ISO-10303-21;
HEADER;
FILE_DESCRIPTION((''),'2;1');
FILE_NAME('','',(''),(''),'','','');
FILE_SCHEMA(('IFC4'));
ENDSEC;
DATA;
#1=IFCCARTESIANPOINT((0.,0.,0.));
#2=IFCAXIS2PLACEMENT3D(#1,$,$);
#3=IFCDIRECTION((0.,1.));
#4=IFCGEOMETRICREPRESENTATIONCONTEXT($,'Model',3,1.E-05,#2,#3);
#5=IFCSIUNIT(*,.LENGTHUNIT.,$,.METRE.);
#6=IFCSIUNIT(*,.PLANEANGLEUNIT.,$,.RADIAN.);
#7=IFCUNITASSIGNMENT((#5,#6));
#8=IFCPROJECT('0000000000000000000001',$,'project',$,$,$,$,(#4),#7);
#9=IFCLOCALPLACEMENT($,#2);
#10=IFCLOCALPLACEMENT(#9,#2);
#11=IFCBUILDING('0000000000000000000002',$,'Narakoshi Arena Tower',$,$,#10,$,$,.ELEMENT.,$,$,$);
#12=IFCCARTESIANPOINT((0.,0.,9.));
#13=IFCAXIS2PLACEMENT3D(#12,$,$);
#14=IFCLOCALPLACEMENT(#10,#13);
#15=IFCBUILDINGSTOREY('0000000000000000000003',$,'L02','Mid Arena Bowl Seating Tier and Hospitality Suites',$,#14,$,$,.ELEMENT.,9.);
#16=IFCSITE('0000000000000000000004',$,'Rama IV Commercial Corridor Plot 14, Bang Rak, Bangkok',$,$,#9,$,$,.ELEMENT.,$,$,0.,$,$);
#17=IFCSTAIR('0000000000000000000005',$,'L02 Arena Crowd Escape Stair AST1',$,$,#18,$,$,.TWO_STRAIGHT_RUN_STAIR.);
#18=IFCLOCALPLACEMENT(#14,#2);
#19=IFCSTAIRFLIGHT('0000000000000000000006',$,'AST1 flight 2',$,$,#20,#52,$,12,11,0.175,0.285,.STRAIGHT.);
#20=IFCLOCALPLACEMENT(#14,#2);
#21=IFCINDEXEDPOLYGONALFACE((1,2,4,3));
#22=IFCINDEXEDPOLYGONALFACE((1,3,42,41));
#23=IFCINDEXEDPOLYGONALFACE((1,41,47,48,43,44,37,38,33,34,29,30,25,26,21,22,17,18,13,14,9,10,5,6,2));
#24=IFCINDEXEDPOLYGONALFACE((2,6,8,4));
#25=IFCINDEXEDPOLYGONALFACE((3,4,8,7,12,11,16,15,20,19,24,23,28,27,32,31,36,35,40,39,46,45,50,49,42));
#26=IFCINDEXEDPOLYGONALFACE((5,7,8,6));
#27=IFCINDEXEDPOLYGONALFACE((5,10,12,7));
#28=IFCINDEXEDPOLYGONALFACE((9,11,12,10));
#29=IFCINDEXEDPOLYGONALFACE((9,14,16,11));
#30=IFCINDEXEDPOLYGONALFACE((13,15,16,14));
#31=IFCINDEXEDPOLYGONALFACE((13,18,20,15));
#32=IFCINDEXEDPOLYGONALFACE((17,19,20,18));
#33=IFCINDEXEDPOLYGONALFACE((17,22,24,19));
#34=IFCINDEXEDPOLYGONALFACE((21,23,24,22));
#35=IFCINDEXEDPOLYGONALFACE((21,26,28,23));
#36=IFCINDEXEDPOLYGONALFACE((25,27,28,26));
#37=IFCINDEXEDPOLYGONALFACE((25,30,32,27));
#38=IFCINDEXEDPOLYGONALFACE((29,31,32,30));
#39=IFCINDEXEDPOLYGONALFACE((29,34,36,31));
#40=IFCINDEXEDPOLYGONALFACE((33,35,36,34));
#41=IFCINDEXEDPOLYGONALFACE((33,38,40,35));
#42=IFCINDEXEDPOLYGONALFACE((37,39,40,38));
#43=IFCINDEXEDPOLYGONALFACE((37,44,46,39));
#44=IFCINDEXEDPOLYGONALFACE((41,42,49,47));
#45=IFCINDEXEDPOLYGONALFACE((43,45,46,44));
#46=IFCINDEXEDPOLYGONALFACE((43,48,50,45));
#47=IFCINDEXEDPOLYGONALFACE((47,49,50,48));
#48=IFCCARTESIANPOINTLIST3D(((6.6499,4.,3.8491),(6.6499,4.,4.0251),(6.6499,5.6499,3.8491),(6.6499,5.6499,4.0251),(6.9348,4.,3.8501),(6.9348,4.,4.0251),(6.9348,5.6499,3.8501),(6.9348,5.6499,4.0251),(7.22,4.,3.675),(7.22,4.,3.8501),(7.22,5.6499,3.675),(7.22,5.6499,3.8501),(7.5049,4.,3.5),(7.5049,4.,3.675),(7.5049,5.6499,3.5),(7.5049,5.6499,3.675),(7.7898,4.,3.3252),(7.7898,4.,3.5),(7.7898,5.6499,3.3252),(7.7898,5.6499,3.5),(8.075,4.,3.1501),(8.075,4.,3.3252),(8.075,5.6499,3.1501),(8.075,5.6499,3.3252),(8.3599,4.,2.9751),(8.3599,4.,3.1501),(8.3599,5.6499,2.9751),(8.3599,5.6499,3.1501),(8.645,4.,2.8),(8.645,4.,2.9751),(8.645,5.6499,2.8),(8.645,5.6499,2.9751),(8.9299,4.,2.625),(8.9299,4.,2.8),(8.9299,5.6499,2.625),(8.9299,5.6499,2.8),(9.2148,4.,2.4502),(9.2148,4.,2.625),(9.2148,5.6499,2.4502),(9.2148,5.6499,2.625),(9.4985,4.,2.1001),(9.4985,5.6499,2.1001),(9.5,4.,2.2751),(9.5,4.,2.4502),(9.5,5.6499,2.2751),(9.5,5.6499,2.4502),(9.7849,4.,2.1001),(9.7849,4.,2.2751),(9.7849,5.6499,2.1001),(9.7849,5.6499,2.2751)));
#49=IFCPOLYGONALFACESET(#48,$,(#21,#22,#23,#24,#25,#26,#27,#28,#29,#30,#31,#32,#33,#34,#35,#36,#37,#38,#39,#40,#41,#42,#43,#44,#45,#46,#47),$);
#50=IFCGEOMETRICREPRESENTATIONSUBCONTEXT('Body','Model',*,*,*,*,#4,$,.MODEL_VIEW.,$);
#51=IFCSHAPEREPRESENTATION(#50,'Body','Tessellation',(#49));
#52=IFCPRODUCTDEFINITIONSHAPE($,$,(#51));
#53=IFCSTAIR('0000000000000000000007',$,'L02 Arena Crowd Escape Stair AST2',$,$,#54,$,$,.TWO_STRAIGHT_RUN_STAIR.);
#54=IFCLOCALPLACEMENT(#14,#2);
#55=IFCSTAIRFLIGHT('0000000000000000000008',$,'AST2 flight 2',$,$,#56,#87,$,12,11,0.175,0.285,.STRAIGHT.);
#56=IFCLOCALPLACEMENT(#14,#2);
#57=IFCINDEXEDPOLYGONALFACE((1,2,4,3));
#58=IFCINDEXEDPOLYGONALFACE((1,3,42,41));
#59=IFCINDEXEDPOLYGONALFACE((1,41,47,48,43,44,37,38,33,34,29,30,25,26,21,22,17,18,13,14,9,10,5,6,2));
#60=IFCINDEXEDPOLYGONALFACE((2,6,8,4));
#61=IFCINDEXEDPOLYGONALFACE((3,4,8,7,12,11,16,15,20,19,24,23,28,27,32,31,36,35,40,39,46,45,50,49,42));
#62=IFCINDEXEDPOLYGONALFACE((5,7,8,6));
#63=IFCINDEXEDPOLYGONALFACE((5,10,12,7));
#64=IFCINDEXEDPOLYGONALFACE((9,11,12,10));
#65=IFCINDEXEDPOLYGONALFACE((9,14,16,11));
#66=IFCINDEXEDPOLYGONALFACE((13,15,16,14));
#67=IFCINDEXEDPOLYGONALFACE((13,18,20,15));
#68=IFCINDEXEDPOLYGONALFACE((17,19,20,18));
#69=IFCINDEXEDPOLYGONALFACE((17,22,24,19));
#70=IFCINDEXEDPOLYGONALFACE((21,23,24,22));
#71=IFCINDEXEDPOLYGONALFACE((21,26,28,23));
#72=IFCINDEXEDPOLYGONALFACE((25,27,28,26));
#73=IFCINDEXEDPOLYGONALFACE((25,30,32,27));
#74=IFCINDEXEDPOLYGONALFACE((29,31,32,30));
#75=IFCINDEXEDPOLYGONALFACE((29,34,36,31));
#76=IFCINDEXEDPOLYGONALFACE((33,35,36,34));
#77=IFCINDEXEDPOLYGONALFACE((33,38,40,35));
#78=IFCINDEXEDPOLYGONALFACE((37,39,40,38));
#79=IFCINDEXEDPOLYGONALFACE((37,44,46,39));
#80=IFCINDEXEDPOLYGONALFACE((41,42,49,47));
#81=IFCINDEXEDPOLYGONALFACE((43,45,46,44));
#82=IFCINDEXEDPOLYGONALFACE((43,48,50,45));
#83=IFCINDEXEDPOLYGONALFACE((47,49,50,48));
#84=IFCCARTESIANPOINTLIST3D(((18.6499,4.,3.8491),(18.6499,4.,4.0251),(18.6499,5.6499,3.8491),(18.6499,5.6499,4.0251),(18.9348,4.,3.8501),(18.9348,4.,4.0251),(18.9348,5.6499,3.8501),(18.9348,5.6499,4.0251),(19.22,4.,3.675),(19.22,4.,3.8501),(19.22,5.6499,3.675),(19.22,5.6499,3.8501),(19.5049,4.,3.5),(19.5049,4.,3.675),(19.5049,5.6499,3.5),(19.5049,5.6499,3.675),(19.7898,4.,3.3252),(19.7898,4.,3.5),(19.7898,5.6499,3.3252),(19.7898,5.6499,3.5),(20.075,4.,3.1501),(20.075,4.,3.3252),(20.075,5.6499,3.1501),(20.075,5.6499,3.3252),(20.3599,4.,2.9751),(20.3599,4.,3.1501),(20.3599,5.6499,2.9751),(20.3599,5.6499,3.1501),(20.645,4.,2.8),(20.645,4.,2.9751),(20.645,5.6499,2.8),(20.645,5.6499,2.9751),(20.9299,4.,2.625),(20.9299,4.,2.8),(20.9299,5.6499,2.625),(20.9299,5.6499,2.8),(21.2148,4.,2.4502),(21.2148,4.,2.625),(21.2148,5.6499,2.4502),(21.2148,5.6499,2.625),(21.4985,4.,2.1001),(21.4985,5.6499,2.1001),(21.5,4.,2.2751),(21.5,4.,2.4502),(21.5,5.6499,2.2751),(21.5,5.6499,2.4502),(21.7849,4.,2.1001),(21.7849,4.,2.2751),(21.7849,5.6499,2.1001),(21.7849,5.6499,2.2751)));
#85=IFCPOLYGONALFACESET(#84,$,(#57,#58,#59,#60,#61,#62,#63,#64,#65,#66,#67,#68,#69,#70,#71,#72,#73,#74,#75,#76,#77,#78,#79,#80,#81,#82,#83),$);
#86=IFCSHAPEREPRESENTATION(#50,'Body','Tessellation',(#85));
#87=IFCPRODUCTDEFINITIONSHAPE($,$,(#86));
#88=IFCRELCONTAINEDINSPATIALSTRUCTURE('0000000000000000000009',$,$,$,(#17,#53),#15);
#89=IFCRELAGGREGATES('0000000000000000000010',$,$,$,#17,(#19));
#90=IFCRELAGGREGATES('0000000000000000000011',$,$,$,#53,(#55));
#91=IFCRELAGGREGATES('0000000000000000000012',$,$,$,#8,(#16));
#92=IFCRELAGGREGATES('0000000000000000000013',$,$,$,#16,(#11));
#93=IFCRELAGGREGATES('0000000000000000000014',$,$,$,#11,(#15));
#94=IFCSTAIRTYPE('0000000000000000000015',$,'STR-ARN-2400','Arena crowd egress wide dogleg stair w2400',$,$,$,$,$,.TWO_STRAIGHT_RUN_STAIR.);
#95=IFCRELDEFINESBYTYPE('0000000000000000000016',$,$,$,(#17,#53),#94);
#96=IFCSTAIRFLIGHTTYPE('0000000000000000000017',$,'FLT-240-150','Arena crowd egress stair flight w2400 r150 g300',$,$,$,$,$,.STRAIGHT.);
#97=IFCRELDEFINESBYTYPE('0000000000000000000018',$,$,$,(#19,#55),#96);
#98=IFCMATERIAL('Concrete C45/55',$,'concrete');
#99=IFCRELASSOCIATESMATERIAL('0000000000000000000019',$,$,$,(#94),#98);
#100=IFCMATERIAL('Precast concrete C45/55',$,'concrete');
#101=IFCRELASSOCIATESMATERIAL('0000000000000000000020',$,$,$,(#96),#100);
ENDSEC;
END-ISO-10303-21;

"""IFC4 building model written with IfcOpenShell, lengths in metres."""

from ifc_helpers import new_model, si_unit, direction, frame, origin, place, context, subcontext, project, spatial, polyline, outline, extrude, material, type_object, element, aggregate, save


model = new_model("IFC4")

# Units and contexts
model_context = context("Model", 3, precision=1e-05, world=origin(), true_north=direction((0.0, 1.0)))
body_context = subcontext(model_context, "Body", "Model", "MODEL_VIEW")
ifc_project = project(units=[si_unit("LENGTHUNIT", "METRE"), si_unit("PLANEANGLEUNIT", "RADIAN")], contexts=[model_context])

# Site, building, storey
site_placement = place(None, origin())
site = spatial("IfcSite", under=ifc_project, at=site_placement, Name="Rama IV Commercial Corridor Plot 14, Bang Rak, Bangkok", CompositionType="ELEMENT", RefElevation=0.0)
building_placement = place(site_placement, origin())
building = spatial("IfcBuilding", under=site, at=building_placement, Name="Narakoshi Arena Tower", CompositionType="ELEMENT")
storey_placement = place(building_placement, frame((0.0, 0.0, 9.0)))
storey = spatial("IfcBuildingStorey", under=building, at=storey_placement, Name="L02", Description="Mid Arena Bowl Seating Tier and Hospitality Suites", CompositionType="ELEMENT", Elevation=9.0)

# Stairs, stair flights
ifc_material_1 = material(Name="Concrete C45/55", Category="concrete")
stair_type = type_object("IfcStairType", Name="STR-ARN-2400", Description="Arena crowd egress wide dogleg stair w2400", PredefinedType="TWO_STRAIGHT_RUN_STAIR", material=ifc_material_1)
stair_1_placement = place(storey_placement, origin())
stair_1 = element("IfcStair", 1, at=stair_1_placement, inside=storey, type_object=stair_type, Name="L02 Arena Crowd Escape Stair AST1", PredefinedType="TWO_STRAIGHT_RUN_STAIR")
ifc_material_2 = material(Name="Precast concrete C45/55", Category="concrete")
stair_flight_type = type_object("IfcStairFlightType", Name="FLT-240-150", Description="Arena crowd egress stair flight w2400 r150 g300", PredefinedType="STRAIGHT", material=ifc_material_2)
stair_flight_1_placement = place(storey_placement, frame((9.7849, 4.825, 2.1001), z_axis=(0.0, 0.0, 1.0), x_axis=(-1.0, 0.0, 0.0)))
stair_flight_1 = element("IfcStairFlight", 2, at=stair_flight_1_placement, type_object=stair_flight_type, Name="AST1 flight 2", NumberOfRisers=12, NumberOfTreads=11, PredefinedType="STRAIGHT", RiserHeight=0.175, TreadLength=0.285, context=body_context, shape_type="SweptSolid", body=[
    extrude(outline(polyline([(0.0, 0.0), (0.0, 0.175), (0.2849, 0.175), (0.2849, 0.3501), (0.5701, 0.3501), (0.5701, 0.5249), (0.855, 0.5249), (0.855, 0.7), (1.1399, 0.7), (1.1399, 0.875), (1.425, 0.875), (1.425, 1.05), (1.71, 1.05), (1.71, 1.2251), (1.9951, 1.2251), (1.9951, 1.3999), (2.28, 1.3999), (2.28, 1.575), (2.5649, 1.575), (2.5649, 1.75), (2.8501, 1.75), (2.8501, 1.925), (3.135, 1.925), (3.135, 2.1001), (3.135, 1.749), (0.2864, 0.0), (0.0, 0.0)])), frame((0.0, 0.825, 0.0), z_axis=(0.0, -1.0, 0.0), x_axis=(1.0, 0.0, 0.0)), (0.0, 0.0, 1.0), 1.6499),
])
aggregate(stair_1, [stair_flight_1])
stair_2_placement = place(storey_placement, origin())
stair_2 = element("IfcStair", 3, at=stair_2_placement, inside=storey, type_object=stair_type, Name="L02 Arena Crowd Escape Stair AST2", PredefinedType="TWO_STRAIGHT_RUN_STAIR")
stair_flight_2_placement = place(storey_placement, frame((21.7849, 4.825, 2.1001), z_axis=(0.0, 0.0, 1.0), x_axis=(-1.0, 0.0, 0.0)))
stair_flight_2 = element("IfcStairFlight", 4, at=stair_flight_2_placement, type_object=stair_flight_type, Name="AST2 flight 2", NumberOfRisers=12, NumberOfTreads=11, PredefinedType="STRAIGHT", RiserHeight=0.175, TreadLength=0.285, context=body_context, shape_type="SweptSolid", body=[
    extrude(outline(polyline([(0.0, 0.0), (0.0, 0.175), (0.2849, 0.175), (0.2849, 0.3501), (0.5701, 0.3501), (0.5701, 0.5249), (0.855, 0.5249), (0.855, 0.7), (1.1399, 0.7), (1.1399, 0.875), (1.425, 0.875), (1.425, 1.05), (1.71, 1.05), (1.71, 1.2251), (1.9951, 1.2251), (1.9951, 1.3999), (2.28, 1.3999), (2.28, 1.575), (2.5649, 1.575), (2.5649, 1.75), (2.8501, 1.75), (2.8501, 1.925), (3.135, 1.925), (3.135, 2.1001), (3.135, 1.749), (0.2864, 0.0), (0.0, 0.0)])), frame((0.0, 0.825, 0.0), z_axis=(0.0, -1.0, 0.0), x_axis=(1.0, 0.0, 0.0)), (0.0, 0.0, 1.0), 1.6499),
])
aggregate(stair_2, [stair_flight_2])

save(model, "model.ifc")
